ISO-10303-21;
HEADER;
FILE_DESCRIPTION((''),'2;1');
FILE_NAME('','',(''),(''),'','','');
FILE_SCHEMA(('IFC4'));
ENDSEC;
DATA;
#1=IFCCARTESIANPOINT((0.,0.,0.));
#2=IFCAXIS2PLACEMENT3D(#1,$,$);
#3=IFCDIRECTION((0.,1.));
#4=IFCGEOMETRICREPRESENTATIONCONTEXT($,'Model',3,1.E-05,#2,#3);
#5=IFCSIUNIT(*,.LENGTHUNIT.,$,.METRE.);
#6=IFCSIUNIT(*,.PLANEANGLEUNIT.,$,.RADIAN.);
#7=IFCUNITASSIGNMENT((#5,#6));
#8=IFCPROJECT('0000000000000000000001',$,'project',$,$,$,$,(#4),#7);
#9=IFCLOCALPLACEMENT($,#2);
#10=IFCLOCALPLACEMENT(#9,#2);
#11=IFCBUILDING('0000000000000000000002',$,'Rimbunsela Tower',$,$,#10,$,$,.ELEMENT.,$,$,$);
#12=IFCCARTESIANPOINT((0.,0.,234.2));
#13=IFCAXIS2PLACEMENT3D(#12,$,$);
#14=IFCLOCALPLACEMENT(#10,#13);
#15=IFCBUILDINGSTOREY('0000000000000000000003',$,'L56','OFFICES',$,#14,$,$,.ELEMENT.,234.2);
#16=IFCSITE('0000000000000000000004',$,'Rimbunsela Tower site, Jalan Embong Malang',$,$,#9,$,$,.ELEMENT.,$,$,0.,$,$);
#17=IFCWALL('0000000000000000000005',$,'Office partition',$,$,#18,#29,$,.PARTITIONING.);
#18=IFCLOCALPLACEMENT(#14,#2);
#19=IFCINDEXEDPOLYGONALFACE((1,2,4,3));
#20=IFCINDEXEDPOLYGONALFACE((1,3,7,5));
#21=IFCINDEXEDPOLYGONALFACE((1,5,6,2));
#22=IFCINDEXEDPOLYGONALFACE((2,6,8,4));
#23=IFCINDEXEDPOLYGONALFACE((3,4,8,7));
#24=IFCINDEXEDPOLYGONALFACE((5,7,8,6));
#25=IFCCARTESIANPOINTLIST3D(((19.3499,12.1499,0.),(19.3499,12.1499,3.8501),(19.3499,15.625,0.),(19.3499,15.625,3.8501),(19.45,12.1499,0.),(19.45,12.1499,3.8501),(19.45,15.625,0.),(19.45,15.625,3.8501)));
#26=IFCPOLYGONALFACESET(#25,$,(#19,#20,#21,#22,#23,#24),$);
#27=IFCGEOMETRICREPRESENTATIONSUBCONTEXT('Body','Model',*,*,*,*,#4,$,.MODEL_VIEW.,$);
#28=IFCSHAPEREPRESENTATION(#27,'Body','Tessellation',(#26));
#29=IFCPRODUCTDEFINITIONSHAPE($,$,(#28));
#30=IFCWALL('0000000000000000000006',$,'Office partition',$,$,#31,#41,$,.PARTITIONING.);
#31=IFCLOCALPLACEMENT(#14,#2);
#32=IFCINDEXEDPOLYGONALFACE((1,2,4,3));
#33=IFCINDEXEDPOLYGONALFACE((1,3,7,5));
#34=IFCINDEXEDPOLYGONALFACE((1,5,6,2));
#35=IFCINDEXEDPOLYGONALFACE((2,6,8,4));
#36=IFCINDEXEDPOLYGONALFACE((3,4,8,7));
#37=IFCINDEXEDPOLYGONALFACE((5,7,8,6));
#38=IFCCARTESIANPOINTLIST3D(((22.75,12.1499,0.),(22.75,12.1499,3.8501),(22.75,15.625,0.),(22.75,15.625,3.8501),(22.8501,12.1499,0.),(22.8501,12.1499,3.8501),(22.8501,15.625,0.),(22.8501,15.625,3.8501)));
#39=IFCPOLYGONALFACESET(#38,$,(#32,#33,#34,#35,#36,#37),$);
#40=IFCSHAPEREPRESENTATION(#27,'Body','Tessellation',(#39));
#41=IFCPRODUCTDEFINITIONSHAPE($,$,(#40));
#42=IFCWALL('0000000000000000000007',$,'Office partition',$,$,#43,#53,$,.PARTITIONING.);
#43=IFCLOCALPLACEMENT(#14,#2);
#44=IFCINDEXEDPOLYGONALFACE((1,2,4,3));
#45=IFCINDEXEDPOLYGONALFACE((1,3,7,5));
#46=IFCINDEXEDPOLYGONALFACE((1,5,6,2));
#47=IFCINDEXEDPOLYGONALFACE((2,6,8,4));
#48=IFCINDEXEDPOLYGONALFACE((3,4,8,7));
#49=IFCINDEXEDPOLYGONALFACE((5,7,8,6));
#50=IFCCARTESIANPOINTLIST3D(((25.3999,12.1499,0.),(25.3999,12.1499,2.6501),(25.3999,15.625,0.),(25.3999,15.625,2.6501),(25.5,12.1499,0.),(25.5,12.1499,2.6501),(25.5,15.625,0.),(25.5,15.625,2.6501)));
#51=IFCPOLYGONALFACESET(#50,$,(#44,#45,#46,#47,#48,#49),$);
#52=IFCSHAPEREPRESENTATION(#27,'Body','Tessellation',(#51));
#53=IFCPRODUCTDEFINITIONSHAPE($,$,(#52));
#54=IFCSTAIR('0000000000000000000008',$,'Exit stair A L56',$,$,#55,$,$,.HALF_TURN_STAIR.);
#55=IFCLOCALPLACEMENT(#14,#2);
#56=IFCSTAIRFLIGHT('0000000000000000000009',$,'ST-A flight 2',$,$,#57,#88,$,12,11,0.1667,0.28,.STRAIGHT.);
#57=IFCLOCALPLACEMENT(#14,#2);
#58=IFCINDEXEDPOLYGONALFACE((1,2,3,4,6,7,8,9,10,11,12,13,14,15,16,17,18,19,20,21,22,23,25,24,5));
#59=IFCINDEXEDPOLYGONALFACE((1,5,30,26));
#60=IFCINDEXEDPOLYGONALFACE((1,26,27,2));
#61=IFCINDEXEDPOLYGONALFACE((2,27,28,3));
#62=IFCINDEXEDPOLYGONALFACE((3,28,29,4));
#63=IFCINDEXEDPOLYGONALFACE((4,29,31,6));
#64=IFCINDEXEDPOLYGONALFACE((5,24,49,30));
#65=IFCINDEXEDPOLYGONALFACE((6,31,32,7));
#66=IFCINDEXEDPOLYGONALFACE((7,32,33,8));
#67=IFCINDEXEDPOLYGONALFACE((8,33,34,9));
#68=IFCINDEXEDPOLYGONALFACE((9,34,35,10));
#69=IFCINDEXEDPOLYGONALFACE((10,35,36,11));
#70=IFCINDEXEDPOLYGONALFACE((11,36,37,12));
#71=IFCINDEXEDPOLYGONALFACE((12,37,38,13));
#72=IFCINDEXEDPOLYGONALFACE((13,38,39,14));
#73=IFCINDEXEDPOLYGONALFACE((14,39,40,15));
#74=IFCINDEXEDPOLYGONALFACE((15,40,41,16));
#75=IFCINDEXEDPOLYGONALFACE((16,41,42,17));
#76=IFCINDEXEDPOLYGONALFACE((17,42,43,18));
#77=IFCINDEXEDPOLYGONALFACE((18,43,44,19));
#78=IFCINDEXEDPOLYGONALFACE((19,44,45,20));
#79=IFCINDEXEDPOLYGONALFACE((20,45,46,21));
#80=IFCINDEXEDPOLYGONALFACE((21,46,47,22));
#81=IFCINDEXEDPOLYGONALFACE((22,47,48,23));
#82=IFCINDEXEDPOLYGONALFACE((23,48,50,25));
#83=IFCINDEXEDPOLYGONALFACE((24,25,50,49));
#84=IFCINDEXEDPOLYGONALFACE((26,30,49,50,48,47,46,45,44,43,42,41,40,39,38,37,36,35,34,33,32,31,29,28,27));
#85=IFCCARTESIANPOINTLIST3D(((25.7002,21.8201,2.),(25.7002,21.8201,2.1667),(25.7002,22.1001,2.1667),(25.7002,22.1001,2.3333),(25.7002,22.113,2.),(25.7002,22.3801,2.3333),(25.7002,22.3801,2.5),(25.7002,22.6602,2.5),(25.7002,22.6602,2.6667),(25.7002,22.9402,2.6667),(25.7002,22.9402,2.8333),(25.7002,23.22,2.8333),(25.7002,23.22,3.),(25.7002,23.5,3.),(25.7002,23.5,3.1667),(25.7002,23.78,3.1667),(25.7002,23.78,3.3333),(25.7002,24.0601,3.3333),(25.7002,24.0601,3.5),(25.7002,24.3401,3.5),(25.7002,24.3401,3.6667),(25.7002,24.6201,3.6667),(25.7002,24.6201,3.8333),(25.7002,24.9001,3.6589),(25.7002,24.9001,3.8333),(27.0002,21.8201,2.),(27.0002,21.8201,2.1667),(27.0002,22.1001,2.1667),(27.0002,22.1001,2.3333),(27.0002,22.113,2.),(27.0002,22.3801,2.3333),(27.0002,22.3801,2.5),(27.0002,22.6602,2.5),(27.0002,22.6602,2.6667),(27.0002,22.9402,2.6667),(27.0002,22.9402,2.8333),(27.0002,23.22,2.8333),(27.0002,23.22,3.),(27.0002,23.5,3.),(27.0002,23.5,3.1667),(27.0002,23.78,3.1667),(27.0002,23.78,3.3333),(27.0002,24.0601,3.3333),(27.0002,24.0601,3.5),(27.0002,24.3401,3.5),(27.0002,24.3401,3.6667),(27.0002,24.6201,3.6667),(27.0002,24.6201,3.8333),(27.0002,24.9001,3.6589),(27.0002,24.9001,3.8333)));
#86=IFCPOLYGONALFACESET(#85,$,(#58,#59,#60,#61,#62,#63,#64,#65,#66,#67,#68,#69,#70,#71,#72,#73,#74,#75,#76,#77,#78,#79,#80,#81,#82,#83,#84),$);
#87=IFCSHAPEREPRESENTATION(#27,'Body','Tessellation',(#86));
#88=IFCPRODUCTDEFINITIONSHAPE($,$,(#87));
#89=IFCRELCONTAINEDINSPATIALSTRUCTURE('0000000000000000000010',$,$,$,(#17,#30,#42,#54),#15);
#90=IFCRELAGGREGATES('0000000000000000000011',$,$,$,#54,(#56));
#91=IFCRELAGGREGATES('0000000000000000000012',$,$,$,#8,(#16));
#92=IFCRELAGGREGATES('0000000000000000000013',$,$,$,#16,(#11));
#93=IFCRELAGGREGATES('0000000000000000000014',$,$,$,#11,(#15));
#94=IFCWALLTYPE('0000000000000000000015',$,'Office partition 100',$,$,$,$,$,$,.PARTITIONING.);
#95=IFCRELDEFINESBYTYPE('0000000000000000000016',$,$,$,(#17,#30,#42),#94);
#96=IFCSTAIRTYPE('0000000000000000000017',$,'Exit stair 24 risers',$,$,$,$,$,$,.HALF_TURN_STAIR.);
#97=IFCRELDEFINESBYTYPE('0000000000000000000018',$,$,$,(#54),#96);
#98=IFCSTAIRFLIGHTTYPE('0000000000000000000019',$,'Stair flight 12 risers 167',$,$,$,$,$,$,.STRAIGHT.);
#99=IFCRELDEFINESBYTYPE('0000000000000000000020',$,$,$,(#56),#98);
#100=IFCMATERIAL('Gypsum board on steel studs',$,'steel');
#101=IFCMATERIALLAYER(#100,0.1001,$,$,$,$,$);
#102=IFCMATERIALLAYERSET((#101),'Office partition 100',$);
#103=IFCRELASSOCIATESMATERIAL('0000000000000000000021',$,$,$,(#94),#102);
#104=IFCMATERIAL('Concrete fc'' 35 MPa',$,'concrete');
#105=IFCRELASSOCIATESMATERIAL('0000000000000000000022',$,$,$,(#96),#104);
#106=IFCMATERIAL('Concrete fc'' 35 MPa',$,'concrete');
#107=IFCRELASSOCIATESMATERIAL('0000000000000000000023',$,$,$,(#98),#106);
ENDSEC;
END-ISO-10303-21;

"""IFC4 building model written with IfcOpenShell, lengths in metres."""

from ifc_helpers import new_model, si_unit, direction, frame, frame_2d, origin, place, context, subcontext, project, spatial, polyline, rectangle, outline, extrude, material, layer, layer_set, type_object, element, aggregate, save


model = new_model("IFC4")

# Units and contexts
model_context = context("Model", 3, precision=1e-05, world=origin(), true_north=direction((0.0, 1.0)))
body_context = subcontext(model_context, "Body", "Model", "MODEL_VIEW")
ifc_project = project(units=[si_unit("LENGTHUNIT", "METRE"), si_unit("PLANEANGLEUNIT", "RADIAN")], contexts=[model_context])

# Site, building, storey
site_placement = place(None, origin())
site = spatial("IfcSite", under=ifc_project, at=site_placement, Name="Rimbunsela Tower site, Jalan Embong Malang", CompositionType="ELEMENT", RefElevation=0.0)
building_placement = place(site_placement, origin())
building = spatial("IfcBuilding", under=site, at=building_placement, Name="Rimbunsela Tower", CompositionType="ELEMENT")
storey_placement = place(building_placement, frame((0.0, 0.0, 234.2)))
storey = spatial("IfcBuildingStorey", under=building, at=storey_placement, Name="L56", Description="OFFICES", CompositionType="ELEMENT", Elevation=234.2)

# Shared definitions
ifc_material_1 = material(Name="Gypsum board on steel studs", Category="steel")
ifc_layer_1 = layer(ifc_material_1, 0.1001)
ifc_layer_set_1 = layer_set([ifc_layer_1], Name="Office partition 100")
wall_type_1 = type_object("IfcWallType", Name="Office partition 100", PredefinedType="PARTITIONING", material=ifc_layer_set_1)

# Walls
for number, where, z_axis, x_axis, name in (
    (1, (19.3999, 12.1499, 0.0), (0.0, 0.0, 1.0), (0.0, 1.0, 0.0), "Office partition"),
    (2, (22.8, 12.1499, 0.0), (0.0, 0.0, 1.0), (0.0, 1.0, 0.0), "Office partition"),
):
    element("IfcWall", number, at=place(storey_placement, frame(where, z_axis=z_axis, x_axis=x_axis)), inside=storey, type_object=wall_type_1, Name=name, PredefinedType="PARTITIONING", context=body_context, shape_type="SweptSolid", body=[
        extrude(rectangle(XDim=3.4751, YDim=0.1001, at=frame_2d((1.7375, 0.0))), origin(), (0.0, 0.0, 1.0), 3.8501),
    ])
wall_1_placement = place(storey_placement, frame((25.45, 12.1499, 0.0), z_axis=(0.0, 0.0, 1.0), x_axis=(0.0, 1.0, 0.0)))
element("IfcWall", 3, at=wall_1_placement, inside=storey, type_object=wall_type_1, Name="Office partition", PredefinedType="PARTITIONING", context=body_context, shape_type="SweptSolid", body=[
    extrude(rectangle(XDim=3.4751, YDim=0.1001, at=frame_2d((1.7375, 0.0))), origin(), (0.0, 0.0, 1.0), 2.6501),
])

# Stair, stair flight
ifc_material_2 = material(Name="Concrete fc' 35 MPa", Category="concrete")
stair_type = type_object("IfcStairType", Name="Exit stair 24 risers", PredefinedType="HALF_TURN_STAIR", material=ifc_material_2)
stair_placement = place(storey_placement, origin())
stair = element("IfcStair", 4, at=stair_placement, inside=storey, type_object=stair_type, Name="Exit stair A L56", PredefinedType="HALF_TURN_STAIR")
ifc_material_3 = material(Name="Concrete fc' 35 MPa", Category="concrete")
stair_flight_type = type_object("IfcStairFlightType", Name="Stair flight 12 risers 167", PredefinedType="STRAIGHT", material=ifc_material_3)
stair_flight_placement = place(storey_placement, frame((26.3501, 21.8201, 2.0), z_axis=(0.0, 0.0, 1.0), x_axis=(0.0, 1.0, 0.0)))
stair_flight = element("IfcStairFlight", 5, at=stair_flight_placement, type_object=stair_flight_type, Name="ST-A flight 2", NumberOfRisers=12, NumberOfTreads=11, PredefinedType="STRAIGHT", RiserHeight=0.1667, TreadLength=0.28, context=body_context, shape_type="SweptSolid", body=[
    extrude(outline(polyline([(0.0, 0.0), (0.0, 0.1667), (0.28, 0.1667), (0.28, 0.3333), (0.5601, 0.3333), (0.5601, 0.5), (0.8401, 0.5), (0.8401, 0.6667), (1.1201, 0.6667), (1.1201, 0.8333), (1.3999, 0.8333), (1.3999, 1.0), (1.6799, 1.0), (1.6799, 1.1667), (1.96, 1.1667), (1.96, 1.3333), (2.24, 1.3333), (2.24, 1.5), (2.52, 1.5), (2.52, 1.6667), (2.8, 1.6667), (2.8, 1.8333), (3.0801, 1.8333), (3.0801, 2.0), (3.0801, 1.6589), (0.293, 0.0), (0.0, 0.0)])), frame((0.0, 0.6499, 0.0), z_axis=(0.0, -1.0, 0.0), x_axis=(1.0, 0.0, 0.0)), (0.0, 0.0, 1.0), 1.3),
])
aggregate(stair, [stair_flight])

save(model, "model.ifc")
